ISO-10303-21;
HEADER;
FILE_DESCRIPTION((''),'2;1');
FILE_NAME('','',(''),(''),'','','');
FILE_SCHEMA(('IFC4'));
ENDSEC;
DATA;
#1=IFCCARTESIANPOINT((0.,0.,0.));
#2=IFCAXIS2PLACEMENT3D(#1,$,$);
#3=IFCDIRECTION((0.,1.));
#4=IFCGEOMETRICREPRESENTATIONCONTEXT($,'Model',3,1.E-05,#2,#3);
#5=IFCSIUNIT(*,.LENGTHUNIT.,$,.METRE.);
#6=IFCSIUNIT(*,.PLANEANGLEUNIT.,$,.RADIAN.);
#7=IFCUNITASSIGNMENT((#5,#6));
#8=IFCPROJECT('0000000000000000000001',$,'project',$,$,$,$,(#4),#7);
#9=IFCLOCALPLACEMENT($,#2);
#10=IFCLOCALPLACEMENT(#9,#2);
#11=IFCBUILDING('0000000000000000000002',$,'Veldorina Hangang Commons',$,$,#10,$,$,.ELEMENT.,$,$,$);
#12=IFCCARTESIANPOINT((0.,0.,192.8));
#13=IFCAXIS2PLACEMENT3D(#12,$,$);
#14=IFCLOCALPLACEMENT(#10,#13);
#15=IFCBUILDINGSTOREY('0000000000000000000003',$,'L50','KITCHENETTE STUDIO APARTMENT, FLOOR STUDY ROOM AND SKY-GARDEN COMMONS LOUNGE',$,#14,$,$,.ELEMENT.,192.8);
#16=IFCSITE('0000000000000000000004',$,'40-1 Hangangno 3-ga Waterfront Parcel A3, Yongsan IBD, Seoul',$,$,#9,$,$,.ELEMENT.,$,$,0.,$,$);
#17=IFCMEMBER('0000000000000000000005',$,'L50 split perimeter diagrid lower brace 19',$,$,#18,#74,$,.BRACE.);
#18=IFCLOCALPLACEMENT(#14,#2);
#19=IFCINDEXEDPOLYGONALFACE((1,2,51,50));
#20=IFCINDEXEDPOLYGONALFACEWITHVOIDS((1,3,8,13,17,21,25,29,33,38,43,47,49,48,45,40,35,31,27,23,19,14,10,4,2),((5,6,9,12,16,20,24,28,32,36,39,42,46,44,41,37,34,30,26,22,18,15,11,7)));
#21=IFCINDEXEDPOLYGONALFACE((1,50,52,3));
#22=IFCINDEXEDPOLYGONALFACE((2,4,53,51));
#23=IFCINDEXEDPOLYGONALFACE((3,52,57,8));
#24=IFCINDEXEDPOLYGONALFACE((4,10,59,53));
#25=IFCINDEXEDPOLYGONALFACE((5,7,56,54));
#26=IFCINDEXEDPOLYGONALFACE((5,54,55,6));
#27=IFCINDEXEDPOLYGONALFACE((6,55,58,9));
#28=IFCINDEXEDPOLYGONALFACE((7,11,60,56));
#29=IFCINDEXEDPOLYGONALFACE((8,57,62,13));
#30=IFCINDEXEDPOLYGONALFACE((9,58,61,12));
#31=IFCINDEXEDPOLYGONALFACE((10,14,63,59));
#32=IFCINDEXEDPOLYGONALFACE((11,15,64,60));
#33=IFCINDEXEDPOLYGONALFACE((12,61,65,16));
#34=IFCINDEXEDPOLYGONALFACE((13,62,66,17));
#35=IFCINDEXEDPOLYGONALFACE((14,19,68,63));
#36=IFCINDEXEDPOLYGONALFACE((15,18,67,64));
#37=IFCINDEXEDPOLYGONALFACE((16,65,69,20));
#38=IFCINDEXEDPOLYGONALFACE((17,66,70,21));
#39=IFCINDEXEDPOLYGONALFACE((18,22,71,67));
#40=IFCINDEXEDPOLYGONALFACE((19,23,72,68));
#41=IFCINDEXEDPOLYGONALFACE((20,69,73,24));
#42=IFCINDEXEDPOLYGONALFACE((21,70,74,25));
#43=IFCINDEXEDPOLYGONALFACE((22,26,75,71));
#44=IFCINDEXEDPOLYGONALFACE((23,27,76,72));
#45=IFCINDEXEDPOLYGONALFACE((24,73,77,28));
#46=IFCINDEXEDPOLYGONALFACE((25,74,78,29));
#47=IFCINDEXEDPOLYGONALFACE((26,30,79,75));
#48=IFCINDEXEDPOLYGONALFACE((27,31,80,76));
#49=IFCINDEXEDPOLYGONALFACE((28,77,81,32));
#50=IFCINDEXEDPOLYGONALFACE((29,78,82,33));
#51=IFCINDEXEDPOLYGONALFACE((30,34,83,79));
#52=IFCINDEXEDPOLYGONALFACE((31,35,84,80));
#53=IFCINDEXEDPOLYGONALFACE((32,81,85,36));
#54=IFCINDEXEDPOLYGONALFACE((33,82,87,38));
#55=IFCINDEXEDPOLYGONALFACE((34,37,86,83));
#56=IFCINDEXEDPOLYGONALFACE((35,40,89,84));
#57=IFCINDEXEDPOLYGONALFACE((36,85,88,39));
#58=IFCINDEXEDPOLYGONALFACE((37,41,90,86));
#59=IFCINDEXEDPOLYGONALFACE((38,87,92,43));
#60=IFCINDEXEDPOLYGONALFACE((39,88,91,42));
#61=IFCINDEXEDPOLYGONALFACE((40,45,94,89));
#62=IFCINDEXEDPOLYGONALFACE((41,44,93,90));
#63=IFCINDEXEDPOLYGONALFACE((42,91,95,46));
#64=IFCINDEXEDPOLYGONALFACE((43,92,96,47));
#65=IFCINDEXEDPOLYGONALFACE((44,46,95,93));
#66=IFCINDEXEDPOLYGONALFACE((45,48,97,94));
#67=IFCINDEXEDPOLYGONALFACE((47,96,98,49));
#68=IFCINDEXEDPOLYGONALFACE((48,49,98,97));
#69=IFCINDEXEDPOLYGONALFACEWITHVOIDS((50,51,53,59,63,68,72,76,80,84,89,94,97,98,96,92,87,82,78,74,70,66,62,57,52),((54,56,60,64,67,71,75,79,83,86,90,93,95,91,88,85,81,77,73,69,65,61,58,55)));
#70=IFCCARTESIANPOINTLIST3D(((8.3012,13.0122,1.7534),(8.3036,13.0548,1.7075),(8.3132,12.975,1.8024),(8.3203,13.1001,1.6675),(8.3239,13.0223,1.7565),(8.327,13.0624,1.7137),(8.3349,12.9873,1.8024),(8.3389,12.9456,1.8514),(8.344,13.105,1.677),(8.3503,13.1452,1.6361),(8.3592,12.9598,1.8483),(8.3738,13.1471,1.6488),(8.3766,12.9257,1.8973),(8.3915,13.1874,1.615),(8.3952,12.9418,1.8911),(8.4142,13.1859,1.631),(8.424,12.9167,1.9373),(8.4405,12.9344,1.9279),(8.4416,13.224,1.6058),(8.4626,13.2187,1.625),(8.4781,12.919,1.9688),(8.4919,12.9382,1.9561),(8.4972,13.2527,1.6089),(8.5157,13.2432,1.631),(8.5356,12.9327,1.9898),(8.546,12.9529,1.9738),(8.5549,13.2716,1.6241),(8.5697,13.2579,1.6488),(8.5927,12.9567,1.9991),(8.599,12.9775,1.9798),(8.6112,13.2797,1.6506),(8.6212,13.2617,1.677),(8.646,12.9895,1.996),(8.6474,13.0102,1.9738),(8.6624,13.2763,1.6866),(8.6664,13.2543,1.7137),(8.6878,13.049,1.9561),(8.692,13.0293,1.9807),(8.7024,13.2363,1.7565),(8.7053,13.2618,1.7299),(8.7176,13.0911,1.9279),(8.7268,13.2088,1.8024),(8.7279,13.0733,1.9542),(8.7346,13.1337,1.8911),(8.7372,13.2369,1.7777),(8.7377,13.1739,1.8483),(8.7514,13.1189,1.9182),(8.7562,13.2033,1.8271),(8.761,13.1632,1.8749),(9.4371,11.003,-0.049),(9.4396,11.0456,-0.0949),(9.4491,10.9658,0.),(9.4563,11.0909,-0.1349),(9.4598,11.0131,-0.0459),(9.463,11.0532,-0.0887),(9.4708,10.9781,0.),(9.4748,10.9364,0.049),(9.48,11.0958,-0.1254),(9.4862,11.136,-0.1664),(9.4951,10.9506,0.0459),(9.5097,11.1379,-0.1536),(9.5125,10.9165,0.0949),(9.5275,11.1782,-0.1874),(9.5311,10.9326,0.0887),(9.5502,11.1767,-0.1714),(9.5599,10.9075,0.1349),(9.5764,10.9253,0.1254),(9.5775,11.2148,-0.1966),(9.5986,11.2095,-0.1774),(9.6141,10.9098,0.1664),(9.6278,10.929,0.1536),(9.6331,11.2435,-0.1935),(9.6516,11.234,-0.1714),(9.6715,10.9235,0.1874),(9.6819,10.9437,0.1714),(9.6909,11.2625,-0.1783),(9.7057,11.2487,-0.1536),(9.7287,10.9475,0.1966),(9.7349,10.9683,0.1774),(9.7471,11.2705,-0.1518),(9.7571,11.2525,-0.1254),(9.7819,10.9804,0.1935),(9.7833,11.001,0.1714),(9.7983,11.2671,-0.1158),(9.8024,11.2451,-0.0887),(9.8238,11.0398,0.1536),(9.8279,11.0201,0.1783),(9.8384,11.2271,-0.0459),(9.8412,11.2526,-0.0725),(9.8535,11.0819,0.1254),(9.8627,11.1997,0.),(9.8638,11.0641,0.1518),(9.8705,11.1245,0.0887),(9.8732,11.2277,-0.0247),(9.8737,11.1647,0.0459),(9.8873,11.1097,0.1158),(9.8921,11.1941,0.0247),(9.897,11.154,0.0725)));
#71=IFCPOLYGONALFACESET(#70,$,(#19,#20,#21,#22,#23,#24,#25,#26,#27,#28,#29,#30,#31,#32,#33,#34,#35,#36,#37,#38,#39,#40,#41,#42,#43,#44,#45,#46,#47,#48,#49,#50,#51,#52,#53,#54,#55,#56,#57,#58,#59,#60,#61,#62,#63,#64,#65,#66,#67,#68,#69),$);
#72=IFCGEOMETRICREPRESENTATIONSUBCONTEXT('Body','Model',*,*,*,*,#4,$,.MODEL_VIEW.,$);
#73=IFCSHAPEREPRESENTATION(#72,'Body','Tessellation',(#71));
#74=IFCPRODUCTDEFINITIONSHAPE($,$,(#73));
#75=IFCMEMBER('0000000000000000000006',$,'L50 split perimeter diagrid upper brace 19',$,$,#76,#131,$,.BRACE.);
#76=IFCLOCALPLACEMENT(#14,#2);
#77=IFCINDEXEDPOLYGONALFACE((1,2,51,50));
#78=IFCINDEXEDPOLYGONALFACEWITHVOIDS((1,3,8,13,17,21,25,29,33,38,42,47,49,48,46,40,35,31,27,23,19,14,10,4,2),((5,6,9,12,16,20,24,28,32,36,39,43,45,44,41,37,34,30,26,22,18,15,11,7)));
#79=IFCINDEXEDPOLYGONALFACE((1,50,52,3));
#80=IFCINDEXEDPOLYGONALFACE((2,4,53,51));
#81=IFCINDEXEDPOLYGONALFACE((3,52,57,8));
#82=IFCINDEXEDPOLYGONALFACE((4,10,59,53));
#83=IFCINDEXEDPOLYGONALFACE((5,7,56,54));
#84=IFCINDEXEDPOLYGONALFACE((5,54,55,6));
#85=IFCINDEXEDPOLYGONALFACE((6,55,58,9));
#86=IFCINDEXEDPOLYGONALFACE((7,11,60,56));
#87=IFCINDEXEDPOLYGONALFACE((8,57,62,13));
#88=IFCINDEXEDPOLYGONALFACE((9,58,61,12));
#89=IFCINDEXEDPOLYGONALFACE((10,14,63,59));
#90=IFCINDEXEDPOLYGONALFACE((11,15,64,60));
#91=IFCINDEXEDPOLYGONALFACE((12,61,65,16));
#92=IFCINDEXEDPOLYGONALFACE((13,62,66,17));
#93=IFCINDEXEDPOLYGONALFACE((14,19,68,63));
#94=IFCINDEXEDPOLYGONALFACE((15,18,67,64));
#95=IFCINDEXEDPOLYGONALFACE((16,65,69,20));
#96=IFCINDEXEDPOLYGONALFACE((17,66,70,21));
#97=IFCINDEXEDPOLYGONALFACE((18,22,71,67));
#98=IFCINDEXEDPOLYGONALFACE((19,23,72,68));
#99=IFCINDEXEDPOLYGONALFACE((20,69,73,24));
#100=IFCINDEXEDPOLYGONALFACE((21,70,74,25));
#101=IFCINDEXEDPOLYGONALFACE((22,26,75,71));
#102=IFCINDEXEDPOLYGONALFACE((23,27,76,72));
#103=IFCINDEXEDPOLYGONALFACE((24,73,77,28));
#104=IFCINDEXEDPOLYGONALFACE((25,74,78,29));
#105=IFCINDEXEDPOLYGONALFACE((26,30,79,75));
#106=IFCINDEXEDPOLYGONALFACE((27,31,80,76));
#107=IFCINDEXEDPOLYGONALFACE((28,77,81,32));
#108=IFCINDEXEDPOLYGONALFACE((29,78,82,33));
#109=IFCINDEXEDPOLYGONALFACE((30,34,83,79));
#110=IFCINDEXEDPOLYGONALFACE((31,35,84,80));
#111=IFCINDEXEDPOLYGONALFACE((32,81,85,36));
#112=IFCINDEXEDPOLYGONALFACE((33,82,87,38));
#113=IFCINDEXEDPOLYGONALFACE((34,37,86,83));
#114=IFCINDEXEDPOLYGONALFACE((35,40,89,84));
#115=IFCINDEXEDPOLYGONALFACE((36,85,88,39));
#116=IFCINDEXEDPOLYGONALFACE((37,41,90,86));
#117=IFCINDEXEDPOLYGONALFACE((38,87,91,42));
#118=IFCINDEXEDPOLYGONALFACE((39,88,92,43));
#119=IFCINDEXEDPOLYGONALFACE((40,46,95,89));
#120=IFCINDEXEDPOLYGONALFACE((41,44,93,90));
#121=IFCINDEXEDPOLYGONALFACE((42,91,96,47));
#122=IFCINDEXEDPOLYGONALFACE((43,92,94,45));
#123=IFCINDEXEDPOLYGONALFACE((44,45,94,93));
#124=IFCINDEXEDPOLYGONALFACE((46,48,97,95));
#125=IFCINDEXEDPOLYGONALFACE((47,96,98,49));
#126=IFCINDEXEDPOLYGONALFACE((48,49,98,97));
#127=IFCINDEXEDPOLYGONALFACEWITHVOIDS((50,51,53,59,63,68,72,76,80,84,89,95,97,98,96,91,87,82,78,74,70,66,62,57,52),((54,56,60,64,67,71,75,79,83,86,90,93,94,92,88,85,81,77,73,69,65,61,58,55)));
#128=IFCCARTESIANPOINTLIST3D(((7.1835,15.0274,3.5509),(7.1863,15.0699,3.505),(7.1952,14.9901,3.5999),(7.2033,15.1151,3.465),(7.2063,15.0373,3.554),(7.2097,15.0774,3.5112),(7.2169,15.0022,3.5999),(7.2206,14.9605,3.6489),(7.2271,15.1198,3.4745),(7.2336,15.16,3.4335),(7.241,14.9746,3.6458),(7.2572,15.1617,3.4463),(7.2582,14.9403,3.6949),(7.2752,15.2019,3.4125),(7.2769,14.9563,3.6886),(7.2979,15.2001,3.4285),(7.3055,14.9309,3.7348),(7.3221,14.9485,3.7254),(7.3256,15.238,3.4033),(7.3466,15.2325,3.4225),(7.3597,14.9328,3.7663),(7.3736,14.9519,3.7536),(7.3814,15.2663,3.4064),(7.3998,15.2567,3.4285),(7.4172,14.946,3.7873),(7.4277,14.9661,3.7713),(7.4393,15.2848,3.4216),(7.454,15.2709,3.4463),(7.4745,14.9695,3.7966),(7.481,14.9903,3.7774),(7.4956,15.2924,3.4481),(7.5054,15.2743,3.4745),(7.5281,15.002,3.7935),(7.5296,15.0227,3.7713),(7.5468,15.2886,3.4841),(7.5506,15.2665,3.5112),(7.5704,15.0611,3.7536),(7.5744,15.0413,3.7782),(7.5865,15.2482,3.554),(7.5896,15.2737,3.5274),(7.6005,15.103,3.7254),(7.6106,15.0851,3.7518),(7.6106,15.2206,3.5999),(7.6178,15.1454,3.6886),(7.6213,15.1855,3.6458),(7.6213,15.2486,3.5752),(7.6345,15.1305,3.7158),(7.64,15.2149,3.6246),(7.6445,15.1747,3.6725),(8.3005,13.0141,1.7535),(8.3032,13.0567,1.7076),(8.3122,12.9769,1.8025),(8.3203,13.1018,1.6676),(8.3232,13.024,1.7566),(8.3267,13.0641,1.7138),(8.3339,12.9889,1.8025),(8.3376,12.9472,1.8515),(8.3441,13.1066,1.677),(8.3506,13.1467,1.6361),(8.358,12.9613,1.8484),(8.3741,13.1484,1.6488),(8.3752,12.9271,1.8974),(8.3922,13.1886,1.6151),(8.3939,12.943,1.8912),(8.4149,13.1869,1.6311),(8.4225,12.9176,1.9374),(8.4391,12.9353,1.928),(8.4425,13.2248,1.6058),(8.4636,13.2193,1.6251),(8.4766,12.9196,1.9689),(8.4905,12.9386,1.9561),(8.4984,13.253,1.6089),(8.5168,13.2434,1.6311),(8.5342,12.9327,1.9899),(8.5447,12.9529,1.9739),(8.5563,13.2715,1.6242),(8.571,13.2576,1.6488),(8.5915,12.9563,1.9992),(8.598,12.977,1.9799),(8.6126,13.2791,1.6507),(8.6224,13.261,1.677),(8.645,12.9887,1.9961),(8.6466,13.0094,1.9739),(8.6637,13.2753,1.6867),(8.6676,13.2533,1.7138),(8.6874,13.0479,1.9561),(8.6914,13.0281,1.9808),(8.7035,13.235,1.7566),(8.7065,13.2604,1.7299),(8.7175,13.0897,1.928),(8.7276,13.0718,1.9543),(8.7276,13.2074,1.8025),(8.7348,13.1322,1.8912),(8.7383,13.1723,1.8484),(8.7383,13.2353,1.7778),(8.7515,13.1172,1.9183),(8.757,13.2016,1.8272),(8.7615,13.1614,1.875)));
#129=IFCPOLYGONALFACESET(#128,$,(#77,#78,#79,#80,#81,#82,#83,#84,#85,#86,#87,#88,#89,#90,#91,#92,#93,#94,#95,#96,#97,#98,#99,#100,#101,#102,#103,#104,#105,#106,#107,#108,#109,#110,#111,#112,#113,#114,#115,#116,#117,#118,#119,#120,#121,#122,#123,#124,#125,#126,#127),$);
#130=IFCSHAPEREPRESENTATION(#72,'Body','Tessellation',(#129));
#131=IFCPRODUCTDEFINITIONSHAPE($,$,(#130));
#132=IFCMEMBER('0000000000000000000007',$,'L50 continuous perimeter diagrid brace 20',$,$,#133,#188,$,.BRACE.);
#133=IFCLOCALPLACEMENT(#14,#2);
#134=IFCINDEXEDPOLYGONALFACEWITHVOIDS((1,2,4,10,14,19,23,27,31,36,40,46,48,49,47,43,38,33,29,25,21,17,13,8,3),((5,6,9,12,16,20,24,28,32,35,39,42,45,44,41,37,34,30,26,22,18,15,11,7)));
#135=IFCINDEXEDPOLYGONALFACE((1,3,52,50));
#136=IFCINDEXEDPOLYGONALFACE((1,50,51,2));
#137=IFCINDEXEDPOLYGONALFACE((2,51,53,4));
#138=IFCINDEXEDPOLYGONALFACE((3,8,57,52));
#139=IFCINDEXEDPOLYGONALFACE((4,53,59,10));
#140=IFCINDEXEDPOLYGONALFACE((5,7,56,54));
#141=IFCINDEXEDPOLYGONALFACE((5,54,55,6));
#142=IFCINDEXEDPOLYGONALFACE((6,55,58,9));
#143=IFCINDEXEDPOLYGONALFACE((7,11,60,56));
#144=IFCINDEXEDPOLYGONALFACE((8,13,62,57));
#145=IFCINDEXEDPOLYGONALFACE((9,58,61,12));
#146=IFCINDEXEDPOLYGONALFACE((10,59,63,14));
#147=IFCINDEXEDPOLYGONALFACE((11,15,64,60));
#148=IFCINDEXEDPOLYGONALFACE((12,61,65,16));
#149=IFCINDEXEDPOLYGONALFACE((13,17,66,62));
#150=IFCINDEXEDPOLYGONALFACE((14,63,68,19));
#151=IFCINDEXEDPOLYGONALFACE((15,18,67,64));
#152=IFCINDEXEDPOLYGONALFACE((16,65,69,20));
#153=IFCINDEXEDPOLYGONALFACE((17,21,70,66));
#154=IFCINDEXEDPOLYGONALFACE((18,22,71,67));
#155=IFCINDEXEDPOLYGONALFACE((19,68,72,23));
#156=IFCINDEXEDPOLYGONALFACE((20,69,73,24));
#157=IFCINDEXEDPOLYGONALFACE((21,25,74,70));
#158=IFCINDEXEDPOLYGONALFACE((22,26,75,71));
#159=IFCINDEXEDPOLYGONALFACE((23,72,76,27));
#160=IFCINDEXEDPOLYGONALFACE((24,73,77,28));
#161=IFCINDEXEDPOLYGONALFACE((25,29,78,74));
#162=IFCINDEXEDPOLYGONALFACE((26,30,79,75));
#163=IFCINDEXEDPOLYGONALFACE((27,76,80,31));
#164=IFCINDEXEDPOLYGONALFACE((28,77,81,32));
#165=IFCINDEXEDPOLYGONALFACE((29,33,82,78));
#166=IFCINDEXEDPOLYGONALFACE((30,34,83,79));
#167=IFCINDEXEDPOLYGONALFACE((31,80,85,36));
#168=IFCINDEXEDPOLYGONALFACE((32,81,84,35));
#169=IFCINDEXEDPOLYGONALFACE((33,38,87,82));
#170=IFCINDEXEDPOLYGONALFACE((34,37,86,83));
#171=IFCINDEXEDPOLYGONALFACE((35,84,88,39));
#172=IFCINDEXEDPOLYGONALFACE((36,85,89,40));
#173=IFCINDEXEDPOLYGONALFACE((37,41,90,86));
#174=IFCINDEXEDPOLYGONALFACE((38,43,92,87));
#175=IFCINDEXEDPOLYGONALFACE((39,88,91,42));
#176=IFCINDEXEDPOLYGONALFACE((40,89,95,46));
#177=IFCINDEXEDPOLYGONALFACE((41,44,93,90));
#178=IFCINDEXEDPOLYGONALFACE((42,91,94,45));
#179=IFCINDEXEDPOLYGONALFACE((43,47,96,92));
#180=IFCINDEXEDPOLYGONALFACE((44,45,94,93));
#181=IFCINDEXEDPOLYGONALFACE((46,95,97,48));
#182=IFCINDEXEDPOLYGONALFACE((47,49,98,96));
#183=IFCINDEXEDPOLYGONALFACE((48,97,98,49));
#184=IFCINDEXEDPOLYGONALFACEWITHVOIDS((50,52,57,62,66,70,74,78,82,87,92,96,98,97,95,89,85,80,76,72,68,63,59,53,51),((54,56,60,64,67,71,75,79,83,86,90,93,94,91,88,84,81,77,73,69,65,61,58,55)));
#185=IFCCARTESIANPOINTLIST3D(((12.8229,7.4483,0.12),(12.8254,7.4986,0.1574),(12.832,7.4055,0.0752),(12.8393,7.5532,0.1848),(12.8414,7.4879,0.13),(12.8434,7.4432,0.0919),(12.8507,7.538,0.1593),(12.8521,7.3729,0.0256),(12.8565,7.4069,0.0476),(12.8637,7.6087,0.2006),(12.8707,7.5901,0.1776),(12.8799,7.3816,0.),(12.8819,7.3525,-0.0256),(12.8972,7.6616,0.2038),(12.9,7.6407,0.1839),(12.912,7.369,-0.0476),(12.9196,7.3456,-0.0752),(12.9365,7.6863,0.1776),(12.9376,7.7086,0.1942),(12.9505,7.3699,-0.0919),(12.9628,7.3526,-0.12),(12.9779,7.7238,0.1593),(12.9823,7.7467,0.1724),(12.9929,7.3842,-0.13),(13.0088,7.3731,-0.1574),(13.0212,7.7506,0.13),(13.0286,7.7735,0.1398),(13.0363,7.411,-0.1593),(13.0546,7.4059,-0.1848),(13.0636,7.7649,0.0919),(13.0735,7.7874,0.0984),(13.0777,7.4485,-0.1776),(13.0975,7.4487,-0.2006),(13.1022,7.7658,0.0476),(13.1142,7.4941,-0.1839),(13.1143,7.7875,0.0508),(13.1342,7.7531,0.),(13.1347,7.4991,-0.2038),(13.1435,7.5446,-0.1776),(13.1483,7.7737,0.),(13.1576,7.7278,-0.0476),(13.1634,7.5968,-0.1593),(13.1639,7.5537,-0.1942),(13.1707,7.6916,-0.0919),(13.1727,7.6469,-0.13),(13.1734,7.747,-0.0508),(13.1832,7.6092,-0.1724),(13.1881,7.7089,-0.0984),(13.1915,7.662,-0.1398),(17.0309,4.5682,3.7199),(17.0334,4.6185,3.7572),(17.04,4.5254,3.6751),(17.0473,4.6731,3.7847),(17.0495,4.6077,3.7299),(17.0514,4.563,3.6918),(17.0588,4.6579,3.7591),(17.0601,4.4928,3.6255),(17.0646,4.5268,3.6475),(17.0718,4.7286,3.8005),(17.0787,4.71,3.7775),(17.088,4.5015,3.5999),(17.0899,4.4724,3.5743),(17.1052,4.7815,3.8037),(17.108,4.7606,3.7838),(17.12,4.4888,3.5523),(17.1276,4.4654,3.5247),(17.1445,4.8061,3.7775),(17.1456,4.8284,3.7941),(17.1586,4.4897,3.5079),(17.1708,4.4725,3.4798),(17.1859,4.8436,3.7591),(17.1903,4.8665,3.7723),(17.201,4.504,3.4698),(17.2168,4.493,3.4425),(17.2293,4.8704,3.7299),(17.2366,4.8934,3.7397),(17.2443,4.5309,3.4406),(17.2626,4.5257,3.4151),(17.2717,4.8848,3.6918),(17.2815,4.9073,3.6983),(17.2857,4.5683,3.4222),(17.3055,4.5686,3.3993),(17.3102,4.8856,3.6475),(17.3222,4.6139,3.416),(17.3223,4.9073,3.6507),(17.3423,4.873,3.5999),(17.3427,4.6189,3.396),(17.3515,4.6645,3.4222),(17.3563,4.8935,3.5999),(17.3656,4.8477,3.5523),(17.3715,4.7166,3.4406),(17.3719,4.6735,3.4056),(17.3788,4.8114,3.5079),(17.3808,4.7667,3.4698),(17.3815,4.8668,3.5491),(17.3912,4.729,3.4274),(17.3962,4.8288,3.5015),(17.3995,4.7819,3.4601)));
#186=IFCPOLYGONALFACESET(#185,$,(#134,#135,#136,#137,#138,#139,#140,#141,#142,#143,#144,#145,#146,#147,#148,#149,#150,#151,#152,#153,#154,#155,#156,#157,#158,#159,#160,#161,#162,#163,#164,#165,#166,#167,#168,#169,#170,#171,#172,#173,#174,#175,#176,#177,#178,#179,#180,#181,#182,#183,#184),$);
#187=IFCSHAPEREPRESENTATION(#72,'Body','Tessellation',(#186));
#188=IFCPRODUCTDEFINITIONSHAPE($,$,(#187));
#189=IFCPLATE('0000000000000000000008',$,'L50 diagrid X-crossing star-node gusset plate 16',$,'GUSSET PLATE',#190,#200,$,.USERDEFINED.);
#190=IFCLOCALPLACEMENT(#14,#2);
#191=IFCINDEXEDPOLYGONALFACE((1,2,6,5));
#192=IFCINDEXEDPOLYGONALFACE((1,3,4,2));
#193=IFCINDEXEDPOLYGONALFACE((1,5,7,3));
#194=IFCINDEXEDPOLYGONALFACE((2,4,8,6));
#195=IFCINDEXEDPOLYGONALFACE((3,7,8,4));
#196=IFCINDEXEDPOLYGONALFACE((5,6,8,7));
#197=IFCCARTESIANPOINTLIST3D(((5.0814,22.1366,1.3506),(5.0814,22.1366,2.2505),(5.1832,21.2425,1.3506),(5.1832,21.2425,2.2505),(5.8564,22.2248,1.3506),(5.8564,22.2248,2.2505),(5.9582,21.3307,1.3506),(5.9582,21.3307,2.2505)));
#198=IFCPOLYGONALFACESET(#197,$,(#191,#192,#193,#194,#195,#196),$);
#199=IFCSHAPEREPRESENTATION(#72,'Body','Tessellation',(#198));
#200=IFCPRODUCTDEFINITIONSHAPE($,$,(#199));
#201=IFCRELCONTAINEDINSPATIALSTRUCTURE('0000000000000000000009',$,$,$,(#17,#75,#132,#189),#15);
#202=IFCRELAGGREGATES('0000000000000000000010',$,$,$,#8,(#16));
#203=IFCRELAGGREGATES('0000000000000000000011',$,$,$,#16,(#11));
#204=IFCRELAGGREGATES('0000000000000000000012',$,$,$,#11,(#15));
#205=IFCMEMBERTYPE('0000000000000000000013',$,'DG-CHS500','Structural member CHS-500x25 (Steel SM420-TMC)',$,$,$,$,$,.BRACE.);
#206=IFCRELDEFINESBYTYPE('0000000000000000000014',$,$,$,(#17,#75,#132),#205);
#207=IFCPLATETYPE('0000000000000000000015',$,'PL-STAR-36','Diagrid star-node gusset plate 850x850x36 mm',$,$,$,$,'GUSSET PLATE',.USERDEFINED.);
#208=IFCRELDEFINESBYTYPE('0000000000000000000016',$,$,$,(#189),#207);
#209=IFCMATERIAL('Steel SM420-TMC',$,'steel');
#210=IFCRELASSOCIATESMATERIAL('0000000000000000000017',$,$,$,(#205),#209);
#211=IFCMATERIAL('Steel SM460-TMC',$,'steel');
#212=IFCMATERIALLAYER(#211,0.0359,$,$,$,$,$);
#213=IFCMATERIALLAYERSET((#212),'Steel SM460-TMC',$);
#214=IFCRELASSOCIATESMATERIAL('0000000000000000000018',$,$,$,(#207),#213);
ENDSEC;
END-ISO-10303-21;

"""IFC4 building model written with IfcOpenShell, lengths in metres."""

from ifc_helpers import new_model, si_unit, direction, frame, origin, origin_2d, place, context, subcontext, project, spatial, rectangle, hollow_circle, extrude, material, layer, layer_set, material_profile, profile_set, type_object, element, save


model = new_model("IFC4")

# Units and contexts
model_context = context("Model", 3, precision=1e-05, world=origin(), true_north=direction((0.0, 1.0)))
body_context = subcontext(model_context, "Body", "Model", "MODEL_VIEW")
ifc_project = project(units=[si_unit("LENGTHUNIT", "METRE"), si_unit("PLANEANGLEUNIT", "RADIAN")], contexts=[model_context])

# Site, building, storey
site_placement = place(None, origin())
site = spatial("IfcSite", under=ifc_project, at=site_placement, Name="40-1 Hangangno 3-ga Waterfront Parcel A3, Yongsan IBD, Seoul", CompositionType="ELEMENT", RefElevation=0.0)
building_placement = place(site_placement, origin())
building = spatial("IfcBuilding", under=site, at=building_placement, Name="Veldorina Hangang Commons", CompositionType="ELEMENT")
storey_placement = place(building_placement, frame((0.0, 0.0, 192.8)))
storey = spatial("IfcBuildingStorey", under=building, at=storey_placement, Name="L50", Description="KITCHENETTE STUDIO APARTMENT, FLOOR STUDY ROOM AND SKY-GARDEN COMMONS LOUNGE", CompositionType="ELEMENT", Elevation=192.8)

# Shared definitions
ifc_material_1 = material(Name="Steel SM420-TMC", Category="steel")

# Members
ifc_material_profile_1 = material_profile(ifc_material_1, hollow_circle(Radius=0.25, WallThickness=0.0249, at=origin_2d()), Name="CHS-500x25")
ifc_profile_set_1 = profile_set([ifc_material_profile_1], Name="Steel SM420-TMC")
member_type = type_object("IfcMemberType", Name="DG-CHS500", Description="Structural member CHS-500x25 (Steel SM420-TMC)", PredefinedType="BRACE", material=ifc_profile_set_1)
member_1_placement = place(storey_placement, frame((9.6667, 11.0889, 0.0), z_axis=(-0.387895, 0.686091, 0.615481), x_axis=(-0.870506, -0.492158, 0.0)))
element("IfcMember", 1, at=member_1_placement, inside=storey, type_object=member_type, Name="L50 split perimeter diagrid lower brace 19", PredefinedType="BRACE", context=body_context, shape_type="SweptSolid", body=[
    extrude(hollow_circle(Radius=0.25, WallThickness=0.0249, at=origin_2d()), origin(), (0.0, 0.0, 1.0), 2.9285),
])
member_2_placement = place(storey_placement, frame((8.5308, 13.0981, 1.8025), z_axis=(-0.382412, 0.689261, 0.61537), x_axis=(-0.874432, -0.485148, 0.0)))
element("IfcMember", 2, at=member_2_placement, inside=storey, type_object=member_type, Name="L50 split perimeter diagrid upper brace 19", PredefinedType="BRACE", context=body_context, shape_type="SweptSolid", body=[
    extrude(hollow_circle(Radius=0.25, WallThickness=0.0249, at=origin_2d()), origin(), (0.0, 0.0, 1.0), 2.9209),
])
member_3_placement = place(storey_placement, frame((13.0071, 7.5674, 0.0), z_axis=(0.674154, -0.461418, 0.576723), x_axis=(0.564813, 0.825219, 0.0)))
element("IfcMember", 3, at=member_3_placement, inside=storey, type_object=member_type, Name="L50 continuous perimeter diagrid brace 20", PredefinedType="BRACE", context=body_context, shape_type="SweptSolid", body=[
    extrude(hollow_circle(Radius=0.25, WallThickness=0.0249, at=origin_2d()), origin(), (0.0, 0.0, 1.0), 6.2419),
])

# Plate
ifc_material_2 = material(Name="Steel SM460-TMC", Category="steel")
ifc_layer_1 = layer(ifc_material_2, 0.0359)
ifc_layer_set_1 = layer_set([ifc_layer_1], Name="Steel SM460-TMC")
plate_type = type_object("IfcPlateType", Name="PL-STAR-36", Description="Diagrid star-node gusset plate 850x850x36 mm", ElementType="GUSSET PLATE", PredefinedType="USERDEFINED", material=ifc_layer_set_1)
plate_1_placement = place(storey_placement, frame((5.5198, 21.7336, 1.3506), z_axis=(0.0, 0.0, 1.0), x_axis=(0.113099, -0.993584, 0.0)))
element("IfcPlate", 4, at=plate_1_placement, inside=storey, type_object=plate_type, Name="L50 diagrid X-crossing star-node gusset plate 16", ObjectType="GUSSET PLATE", PredefinedType="USERDEFINED", context=body_context, shape_type="SweptSolid", body=[
    extrude(rectangle(XDim=0.8999, YDim=0.78, at=origin_2d()), origin(), (0.0, 0.0, 1.0), 0.8999),
])

save(model, "model.ifc")
